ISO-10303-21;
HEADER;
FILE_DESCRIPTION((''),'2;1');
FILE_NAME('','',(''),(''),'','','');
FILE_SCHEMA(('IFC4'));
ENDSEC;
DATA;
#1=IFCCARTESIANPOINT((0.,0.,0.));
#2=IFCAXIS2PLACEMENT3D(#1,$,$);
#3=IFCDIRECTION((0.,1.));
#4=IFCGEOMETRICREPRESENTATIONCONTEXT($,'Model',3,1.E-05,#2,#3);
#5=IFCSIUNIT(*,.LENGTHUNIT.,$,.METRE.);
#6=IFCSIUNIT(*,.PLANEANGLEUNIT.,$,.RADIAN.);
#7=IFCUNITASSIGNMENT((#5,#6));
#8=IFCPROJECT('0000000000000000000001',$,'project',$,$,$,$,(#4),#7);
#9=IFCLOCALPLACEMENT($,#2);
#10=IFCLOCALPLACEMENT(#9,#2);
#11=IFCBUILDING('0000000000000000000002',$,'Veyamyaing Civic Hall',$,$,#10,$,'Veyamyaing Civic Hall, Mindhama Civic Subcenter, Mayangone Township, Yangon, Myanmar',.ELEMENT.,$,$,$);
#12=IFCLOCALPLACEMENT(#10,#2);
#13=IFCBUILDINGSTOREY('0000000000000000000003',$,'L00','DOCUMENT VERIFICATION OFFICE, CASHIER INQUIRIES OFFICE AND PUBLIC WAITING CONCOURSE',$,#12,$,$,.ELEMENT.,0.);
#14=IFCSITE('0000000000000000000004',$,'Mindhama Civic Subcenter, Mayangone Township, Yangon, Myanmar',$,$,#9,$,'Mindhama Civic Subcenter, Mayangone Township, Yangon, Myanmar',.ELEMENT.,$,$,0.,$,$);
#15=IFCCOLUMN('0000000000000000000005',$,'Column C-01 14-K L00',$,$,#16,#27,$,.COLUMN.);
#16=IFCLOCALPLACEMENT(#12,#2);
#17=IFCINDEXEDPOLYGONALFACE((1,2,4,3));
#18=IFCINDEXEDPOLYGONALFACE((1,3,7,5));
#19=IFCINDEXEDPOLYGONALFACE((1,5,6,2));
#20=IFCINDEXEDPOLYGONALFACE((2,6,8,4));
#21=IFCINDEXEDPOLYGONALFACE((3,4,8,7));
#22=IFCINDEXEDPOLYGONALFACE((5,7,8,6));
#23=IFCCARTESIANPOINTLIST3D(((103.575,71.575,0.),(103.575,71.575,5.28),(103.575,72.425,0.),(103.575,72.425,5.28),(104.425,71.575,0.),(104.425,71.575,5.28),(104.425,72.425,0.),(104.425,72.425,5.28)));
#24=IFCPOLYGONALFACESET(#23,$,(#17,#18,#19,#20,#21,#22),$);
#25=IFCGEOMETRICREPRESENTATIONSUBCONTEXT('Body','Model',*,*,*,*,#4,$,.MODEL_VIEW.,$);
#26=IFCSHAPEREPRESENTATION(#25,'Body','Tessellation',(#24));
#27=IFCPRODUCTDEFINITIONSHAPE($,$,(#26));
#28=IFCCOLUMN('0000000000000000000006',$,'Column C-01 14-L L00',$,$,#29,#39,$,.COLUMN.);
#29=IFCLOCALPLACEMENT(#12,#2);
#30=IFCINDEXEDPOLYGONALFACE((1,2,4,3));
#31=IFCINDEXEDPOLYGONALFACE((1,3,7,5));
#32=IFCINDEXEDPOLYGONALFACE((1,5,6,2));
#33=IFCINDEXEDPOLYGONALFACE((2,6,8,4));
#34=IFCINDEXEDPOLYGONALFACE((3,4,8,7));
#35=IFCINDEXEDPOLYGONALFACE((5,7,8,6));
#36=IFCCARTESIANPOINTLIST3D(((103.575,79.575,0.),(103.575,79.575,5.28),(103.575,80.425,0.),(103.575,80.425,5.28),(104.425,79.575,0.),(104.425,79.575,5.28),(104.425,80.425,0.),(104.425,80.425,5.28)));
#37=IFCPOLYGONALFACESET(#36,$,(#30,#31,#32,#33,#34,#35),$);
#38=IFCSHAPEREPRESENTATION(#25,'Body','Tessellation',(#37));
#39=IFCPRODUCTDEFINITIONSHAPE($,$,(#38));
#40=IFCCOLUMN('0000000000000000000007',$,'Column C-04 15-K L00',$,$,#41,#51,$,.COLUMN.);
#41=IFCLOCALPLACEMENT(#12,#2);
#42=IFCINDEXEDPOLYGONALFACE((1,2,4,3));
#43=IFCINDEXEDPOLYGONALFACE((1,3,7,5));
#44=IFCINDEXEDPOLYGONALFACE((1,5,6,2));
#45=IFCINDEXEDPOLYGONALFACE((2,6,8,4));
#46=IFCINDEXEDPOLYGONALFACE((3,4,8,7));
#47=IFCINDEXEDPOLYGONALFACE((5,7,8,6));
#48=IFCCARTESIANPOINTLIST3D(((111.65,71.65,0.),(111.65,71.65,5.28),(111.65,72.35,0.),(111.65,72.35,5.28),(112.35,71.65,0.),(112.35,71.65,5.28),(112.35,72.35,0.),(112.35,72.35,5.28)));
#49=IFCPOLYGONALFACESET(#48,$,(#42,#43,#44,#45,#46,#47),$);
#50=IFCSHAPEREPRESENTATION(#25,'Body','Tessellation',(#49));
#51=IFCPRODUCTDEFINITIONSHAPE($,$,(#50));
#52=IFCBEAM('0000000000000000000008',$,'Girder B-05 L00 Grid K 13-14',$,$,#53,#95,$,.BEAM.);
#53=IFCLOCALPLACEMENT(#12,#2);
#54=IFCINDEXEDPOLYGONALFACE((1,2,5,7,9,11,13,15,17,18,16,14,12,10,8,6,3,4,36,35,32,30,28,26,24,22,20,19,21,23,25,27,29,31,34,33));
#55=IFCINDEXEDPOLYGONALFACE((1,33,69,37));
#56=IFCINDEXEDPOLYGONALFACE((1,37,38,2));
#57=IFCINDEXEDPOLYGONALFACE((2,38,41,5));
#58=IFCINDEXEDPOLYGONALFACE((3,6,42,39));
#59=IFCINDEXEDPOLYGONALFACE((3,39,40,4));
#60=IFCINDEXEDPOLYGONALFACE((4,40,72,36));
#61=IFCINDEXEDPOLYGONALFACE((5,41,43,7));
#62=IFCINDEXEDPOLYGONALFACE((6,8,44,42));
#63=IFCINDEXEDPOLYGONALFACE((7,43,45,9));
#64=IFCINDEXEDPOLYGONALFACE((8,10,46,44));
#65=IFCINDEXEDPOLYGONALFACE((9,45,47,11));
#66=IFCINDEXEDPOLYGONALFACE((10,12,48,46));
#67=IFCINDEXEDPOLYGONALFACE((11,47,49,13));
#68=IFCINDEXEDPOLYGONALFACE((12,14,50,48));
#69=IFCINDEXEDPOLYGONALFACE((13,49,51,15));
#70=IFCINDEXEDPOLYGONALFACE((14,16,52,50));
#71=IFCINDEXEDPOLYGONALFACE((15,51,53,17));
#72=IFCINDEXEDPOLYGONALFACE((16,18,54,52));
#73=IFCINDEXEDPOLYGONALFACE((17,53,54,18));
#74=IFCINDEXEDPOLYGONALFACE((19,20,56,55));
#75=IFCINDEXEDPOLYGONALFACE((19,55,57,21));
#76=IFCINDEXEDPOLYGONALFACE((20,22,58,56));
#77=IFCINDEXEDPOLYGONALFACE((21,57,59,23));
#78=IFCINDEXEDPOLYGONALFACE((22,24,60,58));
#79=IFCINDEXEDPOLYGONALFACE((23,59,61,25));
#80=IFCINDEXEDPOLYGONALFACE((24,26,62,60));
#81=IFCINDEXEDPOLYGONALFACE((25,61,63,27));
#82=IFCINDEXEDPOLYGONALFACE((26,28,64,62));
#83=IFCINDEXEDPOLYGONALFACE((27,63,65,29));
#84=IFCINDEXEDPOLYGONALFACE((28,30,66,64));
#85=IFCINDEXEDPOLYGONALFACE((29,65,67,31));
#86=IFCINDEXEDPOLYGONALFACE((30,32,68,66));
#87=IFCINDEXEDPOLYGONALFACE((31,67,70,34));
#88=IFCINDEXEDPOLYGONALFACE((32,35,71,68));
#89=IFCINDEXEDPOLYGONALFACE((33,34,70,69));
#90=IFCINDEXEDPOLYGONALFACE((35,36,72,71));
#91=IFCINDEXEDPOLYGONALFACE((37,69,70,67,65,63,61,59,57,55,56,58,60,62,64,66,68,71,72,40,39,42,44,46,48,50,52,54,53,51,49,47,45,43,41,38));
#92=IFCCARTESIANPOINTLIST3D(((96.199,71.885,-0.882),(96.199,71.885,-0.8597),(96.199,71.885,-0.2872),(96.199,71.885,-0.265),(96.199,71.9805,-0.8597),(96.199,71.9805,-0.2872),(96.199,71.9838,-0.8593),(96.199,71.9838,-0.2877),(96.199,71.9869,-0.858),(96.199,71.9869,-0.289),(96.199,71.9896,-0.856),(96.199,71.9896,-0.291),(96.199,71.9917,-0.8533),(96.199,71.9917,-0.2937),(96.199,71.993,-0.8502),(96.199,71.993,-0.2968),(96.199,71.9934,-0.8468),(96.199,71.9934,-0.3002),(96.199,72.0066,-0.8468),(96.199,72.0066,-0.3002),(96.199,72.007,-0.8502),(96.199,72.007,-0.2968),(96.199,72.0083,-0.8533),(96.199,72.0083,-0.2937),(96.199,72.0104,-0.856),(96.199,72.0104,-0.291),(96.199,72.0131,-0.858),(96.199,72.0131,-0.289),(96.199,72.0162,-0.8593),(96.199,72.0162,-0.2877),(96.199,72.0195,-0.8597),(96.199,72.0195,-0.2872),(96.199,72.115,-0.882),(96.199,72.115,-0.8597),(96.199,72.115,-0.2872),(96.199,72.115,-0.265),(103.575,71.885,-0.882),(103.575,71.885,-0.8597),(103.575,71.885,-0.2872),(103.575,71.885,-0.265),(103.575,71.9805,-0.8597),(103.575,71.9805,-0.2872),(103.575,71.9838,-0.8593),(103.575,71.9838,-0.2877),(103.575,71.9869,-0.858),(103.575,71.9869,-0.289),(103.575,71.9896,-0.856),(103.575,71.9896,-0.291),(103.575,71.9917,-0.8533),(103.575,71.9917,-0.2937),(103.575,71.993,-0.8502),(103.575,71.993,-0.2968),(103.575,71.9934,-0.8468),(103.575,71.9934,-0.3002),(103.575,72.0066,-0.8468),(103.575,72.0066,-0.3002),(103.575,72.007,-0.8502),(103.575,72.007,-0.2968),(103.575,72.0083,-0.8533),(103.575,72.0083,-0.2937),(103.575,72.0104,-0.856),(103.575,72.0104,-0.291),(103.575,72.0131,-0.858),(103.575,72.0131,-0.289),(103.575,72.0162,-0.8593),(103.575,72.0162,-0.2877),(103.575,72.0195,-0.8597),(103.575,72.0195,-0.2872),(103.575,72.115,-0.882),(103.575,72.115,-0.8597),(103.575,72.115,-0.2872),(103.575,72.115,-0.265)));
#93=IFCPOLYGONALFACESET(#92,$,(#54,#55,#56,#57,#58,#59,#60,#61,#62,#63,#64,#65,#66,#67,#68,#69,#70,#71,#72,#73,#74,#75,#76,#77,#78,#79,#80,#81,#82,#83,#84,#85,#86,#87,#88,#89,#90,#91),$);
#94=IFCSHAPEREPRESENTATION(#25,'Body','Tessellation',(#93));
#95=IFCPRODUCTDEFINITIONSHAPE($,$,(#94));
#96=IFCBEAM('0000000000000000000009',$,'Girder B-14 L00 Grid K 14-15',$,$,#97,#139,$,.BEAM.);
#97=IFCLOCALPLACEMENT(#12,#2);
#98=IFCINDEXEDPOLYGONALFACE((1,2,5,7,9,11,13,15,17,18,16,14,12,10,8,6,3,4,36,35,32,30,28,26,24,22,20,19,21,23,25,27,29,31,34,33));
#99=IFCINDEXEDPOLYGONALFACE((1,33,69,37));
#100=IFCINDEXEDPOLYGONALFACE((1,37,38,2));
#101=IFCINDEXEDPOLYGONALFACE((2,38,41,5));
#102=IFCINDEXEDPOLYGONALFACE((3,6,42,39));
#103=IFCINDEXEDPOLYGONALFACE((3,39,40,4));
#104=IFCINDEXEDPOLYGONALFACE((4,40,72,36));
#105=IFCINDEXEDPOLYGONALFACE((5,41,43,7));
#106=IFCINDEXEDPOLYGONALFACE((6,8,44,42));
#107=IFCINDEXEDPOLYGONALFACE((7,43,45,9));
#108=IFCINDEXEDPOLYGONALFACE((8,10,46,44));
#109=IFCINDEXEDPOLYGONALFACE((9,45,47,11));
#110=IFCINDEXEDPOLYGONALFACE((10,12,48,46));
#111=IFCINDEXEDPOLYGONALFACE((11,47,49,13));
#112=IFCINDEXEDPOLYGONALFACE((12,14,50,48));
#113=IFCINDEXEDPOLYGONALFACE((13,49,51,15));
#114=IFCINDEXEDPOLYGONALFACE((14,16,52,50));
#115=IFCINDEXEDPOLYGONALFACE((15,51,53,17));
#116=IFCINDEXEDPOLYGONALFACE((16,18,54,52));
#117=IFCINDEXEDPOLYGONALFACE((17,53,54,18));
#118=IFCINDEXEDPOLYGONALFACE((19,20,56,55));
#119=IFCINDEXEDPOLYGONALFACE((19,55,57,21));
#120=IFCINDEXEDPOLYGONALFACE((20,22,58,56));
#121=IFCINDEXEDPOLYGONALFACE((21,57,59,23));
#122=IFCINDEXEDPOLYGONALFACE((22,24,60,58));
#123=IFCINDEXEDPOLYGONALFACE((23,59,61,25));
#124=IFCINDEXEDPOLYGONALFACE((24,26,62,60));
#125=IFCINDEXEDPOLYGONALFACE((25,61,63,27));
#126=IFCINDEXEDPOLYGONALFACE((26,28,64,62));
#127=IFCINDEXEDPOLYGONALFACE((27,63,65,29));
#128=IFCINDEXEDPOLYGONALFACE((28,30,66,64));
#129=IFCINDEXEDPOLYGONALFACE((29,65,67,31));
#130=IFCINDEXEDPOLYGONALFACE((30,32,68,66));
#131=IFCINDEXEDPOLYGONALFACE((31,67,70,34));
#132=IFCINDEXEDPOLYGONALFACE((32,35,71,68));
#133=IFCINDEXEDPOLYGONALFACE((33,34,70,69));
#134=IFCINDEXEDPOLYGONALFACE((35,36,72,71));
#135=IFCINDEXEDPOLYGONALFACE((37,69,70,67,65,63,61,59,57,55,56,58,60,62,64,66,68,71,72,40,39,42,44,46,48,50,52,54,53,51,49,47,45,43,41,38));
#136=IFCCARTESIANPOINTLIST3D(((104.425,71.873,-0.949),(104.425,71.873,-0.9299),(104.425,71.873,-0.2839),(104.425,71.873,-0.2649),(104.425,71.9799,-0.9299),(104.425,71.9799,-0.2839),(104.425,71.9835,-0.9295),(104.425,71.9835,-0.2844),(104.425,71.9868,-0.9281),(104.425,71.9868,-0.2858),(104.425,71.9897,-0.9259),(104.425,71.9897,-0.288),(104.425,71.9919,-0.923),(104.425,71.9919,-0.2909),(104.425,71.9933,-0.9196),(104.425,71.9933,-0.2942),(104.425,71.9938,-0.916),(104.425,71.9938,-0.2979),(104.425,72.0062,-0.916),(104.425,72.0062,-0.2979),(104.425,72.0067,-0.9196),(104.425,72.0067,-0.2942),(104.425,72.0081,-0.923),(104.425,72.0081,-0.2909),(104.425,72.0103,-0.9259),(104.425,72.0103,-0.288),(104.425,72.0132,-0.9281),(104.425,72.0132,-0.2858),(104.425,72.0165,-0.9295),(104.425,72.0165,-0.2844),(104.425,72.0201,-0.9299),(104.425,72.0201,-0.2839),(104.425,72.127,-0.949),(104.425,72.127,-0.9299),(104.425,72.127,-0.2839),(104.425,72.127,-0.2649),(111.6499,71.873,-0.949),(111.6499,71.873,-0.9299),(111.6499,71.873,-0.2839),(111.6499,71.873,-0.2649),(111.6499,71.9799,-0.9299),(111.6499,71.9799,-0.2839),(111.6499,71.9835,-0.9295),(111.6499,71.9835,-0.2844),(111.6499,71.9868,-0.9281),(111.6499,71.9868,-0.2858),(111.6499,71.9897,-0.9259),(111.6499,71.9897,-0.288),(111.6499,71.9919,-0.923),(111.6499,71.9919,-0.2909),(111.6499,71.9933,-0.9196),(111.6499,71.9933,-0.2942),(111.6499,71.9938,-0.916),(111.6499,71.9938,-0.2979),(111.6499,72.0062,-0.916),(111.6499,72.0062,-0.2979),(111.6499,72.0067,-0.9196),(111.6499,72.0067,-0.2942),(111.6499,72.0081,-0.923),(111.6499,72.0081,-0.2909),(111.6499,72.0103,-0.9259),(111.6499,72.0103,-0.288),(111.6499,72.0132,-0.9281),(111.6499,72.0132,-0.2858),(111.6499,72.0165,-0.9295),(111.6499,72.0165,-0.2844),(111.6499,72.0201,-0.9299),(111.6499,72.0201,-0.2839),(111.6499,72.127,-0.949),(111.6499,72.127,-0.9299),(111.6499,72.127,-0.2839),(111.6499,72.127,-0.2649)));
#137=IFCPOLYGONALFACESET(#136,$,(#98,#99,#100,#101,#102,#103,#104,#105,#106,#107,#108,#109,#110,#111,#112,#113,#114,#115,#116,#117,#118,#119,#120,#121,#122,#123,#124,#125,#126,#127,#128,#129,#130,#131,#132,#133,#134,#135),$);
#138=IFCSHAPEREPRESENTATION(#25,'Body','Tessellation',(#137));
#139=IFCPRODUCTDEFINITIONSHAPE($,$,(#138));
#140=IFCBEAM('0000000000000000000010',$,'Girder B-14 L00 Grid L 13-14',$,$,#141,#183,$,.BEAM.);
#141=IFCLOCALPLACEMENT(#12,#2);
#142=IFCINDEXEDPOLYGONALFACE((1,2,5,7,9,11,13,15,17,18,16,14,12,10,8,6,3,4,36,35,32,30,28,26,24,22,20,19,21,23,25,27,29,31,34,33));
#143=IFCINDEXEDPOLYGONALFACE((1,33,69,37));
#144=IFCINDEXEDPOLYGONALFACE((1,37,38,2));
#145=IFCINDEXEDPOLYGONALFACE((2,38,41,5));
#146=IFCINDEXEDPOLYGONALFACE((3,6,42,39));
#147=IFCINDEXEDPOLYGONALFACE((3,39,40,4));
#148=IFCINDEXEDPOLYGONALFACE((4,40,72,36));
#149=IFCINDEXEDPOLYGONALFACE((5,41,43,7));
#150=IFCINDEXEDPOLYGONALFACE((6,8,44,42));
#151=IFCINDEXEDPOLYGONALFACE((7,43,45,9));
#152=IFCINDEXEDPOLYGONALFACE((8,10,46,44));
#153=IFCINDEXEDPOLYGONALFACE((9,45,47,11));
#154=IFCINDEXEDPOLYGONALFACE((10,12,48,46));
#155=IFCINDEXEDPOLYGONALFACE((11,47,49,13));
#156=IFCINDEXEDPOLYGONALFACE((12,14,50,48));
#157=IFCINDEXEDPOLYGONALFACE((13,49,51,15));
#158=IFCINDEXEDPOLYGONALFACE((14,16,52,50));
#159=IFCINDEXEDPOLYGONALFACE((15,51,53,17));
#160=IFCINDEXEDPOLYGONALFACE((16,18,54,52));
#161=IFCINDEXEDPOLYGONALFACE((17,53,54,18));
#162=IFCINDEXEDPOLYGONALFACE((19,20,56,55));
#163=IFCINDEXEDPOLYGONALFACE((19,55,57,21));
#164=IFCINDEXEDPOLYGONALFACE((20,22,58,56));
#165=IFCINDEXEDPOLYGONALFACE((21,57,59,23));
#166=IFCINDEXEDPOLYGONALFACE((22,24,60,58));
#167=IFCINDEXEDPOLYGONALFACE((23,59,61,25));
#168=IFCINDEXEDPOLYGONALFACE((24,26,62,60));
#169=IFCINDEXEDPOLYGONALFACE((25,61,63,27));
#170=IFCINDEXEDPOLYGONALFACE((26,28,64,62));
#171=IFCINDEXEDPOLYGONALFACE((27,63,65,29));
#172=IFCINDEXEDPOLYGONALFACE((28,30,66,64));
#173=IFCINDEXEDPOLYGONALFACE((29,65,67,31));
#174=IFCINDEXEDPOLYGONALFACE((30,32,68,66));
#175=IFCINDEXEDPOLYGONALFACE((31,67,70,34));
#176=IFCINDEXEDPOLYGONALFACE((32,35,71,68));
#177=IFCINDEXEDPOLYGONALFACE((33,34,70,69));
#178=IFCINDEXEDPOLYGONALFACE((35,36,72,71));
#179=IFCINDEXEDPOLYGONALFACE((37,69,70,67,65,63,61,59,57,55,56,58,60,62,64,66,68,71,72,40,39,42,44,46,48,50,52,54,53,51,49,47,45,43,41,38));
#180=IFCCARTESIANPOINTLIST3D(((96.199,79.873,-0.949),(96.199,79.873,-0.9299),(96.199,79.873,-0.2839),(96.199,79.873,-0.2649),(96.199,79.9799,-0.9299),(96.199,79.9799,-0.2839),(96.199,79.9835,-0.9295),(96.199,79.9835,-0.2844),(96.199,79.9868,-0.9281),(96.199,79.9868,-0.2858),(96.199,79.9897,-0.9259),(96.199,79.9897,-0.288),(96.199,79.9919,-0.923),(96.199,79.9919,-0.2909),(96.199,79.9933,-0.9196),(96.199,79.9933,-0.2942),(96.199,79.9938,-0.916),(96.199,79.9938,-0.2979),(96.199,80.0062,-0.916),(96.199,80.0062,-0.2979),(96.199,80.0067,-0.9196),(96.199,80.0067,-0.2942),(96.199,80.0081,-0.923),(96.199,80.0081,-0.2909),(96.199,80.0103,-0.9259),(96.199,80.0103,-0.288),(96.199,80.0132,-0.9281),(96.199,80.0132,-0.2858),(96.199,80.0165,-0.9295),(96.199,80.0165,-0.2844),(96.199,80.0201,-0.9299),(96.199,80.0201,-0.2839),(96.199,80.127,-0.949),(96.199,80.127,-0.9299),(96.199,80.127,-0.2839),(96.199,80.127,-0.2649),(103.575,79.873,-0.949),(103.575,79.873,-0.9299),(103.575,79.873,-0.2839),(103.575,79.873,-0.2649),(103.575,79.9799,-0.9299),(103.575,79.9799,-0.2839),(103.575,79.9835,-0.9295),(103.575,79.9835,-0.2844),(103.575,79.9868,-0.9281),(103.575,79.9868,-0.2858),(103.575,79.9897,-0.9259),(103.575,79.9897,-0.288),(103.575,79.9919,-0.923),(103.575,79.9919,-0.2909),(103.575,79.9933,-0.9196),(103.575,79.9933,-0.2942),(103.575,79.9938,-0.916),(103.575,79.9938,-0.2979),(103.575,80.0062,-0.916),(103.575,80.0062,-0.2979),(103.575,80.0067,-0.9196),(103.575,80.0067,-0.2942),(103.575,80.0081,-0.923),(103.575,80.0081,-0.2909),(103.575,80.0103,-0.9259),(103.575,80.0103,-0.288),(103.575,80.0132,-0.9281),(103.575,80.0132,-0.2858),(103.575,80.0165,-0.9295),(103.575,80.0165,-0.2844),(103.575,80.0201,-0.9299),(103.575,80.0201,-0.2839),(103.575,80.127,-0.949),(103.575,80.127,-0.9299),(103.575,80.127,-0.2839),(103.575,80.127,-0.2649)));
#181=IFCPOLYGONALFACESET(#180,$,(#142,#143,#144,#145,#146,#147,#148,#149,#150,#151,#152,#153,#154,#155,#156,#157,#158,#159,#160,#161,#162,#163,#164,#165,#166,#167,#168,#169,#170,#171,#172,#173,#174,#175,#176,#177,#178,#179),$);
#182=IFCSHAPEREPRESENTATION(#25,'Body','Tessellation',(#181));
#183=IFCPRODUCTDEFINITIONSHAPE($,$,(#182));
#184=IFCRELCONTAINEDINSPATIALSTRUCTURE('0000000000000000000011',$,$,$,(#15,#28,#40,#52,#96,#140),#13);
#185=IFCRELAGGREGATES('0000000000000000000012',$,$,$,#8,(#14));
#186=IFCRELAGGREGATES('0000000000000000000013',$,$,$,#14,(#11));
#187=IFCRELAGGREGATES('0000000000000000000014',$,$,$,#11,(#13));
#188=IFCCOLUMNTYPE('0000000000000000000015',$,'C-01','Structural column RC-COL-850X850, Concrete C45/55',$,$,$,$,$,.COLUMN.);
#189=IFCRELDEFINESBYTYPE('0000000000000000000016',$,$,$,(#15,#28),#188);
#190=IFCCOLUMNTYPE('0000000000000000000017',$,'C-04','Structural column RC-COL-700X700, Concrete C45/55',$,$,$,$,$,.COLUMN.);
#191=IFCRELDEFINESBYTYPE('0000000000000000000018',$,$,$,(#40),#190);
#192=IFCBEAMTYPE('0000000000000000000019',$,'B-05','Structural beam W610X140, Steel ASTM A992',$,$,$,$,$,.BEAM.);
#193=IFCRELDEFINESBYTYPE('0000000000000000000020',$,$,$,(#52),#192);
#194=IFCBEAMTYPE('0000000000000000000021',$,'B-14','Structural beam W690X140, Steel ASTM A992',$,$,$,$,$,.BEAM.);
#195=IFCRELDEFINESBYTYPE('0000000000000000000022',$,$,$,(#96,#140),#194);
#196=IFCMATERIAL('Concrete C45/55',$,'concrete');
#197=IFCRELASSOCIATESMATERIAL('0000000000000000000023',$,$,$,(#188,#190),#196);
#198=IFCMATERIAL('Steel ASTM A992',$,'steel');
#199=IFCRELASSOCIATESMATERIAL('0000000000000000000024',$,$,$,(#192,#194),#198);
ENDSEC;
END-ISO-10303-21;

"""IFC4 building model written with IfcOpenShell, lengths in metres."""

from ifc_helpers import new_model, si_unit, direction, frame, origin, origin_2d, place, context, subcontext, project, spatial, rectangle, i_section, extrude, material, material_profile, profile_set, type_object, element, save


model = new_model("IFC4")

# Units and contexts
model_context = context("Model", 3, precision=1e-05, world=origin(), true_north=direction((0.0, 1.0)))
body_context = subcontext(model_context, "Body", "Model", "MODEL_VIEW")
ifc_project = project(units=[si_unit("LENGTHUNIT", "METRE"), si_unit("PLANEANGLEUNIT", "RADIAN")], contexts=[model_context])

# Site, building, storey
site_placement = place(None, origin())
site = spatial("IfcSite", under=ifc_project, at=site_placement, Name="Mindhama Civic Subcenter, Mayangone Township, Yangon, Myanmar", LongName="Mindhama Civic Subcenter, Mayangone Township, Yangon, Myanmar", CompositionType="ELEMENT", RefElevation=0.0)
building_placement = place(site_placement, origin())
building = spatial("IfcBuilding", under=site, at=building_placement, Name="Veyamyaing Civic Hall", LongName="Veyamyaing Civic Hall, Mindhama Civic Subcenter, Mayangone Township, Yangon, Myanmar", CompositionType="ELEMENT")
storey_placement = place(building_placement, origin())
storey = spatial("IfcBuildingStorey", under=building, at=storey_placement, Name="L00", Description="DOCUMENT VERIFICATION OFFICE, CASHIER INQUIRIES OFFICE AND PUBLIC WAITING CONCOURSE", CompositionType="ELEMENT", Elevation=0.0)

# Columns
ifc_material_1 = material(Name="Concrete C45/55", Category="concrete")
ifc_material_profile_1 = material_profile(ifc_material_1, rectangle(XDim=0.8501, YDim=0.8501, at=origin_2d()), Name="RC-COL-850X850")
ifc_profile_set_1 = profile_set([ifc_material_profile_1], Name="Concrete C45/55")
column_type_1 = type_object("IfcColumnType", Name="C-01", Description="Structural column RC-COL-850X850, Concrete C45/55", PredefinedType="COLUMN", material=ifc_profile_set_1)
for number, where, z_axis, x_axis, name in (
    (1, (104.0, 72.0, 0.0), (0.0, 0.0, 1.0), (1.0, 0.0, 0.0), "Column C-01 14-K L00"),
    (2, (104.0, 80.0, 0.0), (0.0, 0.0, 1.0), (1.0, 0.0, 0.0), "Column C-01 14-L L00"),
):
    element("IfcColumn", number, at=place(storey_placement, frame(where, z_axis=z_axis, x_axis=x_axis)), inside=storey, type_object=column_type_1, Name=name, PredefinedType="COLUMN", context=body_context, shape_type="SweptSolid", body=[
        extrude(rectangle(XDim=0.8501, YDim=0.8501, at=origin_2d()), origin(), (0.0, 0.0, 1.0), 5.28),
    ])
ifc_material_profile_2 = material_profile(ifc_material_1, rectangle(XDim=0.7, YDim=0.7, at=origin_2d()), Name="RC-COL-700X700")
ifc_profile_set_2 = profile_set([ifc_material_profile_2], Name="Concrete C45/55")
column_type_2 = type_object("IfcColumnType", Name="C-04", Description="Structural column RC-COL-700X700, Concrete C45/55", PredefinedType="COLUMN", material=ifc_profile_set_2)
column_placement = place(storey_placement, frame((112.0, 72.0, 0.0), z_axis=(0.0, 0.0, 1.0), x_axis=(1.0, 0.0, 0.0)))
element("IfcColumn", 3, at=column_placement, inside=storey, type_object=column_type_2, Name="Column C-04 15-K L00", PredefinedType="COLUMN", context=body_context, shape_type="SweptSolid", body=[
    extrude(rectangle(XDim=0.7, YDim=0.7, at=origin_2d()), origin(), (0.0, 0.0, 1.0), 5.28),
])

# Beams
ifc_material_2 = material(Name="Steel ASTM A992", Category="steel")
ifc_material_profile_3 = material_profile(ifc_material_2, i_section(OverallWidth=0.23, OverallDepth=0.6169, WebThickness=0.0132, FlangeThickness=0.0222, FilletRadius=0.0129, at=origin_2d()), Name="W610X140")
ifc_profile_set_3 = profile_set([ifc_material_profile_3], Name="Steel ASTM A992")
beam_type_1 = type_object("IfcBeamType", Name="B-05", Description="Structural beam W610X140, Steel ASTM A992", PredefinedType="BEAM", material=ifc_profile_set_3)
beam_1_placement = place(storey_placement, frame((96.199, 72.0, -0.5735), z_axis=(1.0, 0.0, 0.0), x_axis=(0.0, 1.0, 0.0)))
element("IfcBeam", 4, at=beam_1_placement, inside=storey, type_object=beam_type_1, Name="Girder B-05 L00 Grid K 13-14", PredefinedType="BEAM", context=body_context, shape_type="SweptSolid", body=[
    extrude(i_section(OverallWidth=0.23, OverallDepth=0.6169, WebThickness=0.0132, FlangeThickness=0.0222, FilletRadius=0.0129, at=origin_2d()), origin(), (0.0, 0.0, 1.0), 7.376),
])
ifc_material_profile_4 = material_profile(ifc_material_2, i_section(OverallWidth=0.2539, OverallDepth=0.6841, WebThickness=0.0125, FlangeThickness=0.019, FilletRadius=0.0139, at=origin_2d()), Name="W690X140")
ifc_profile_set_4 = profile_set([ifc_material_profile_4], Name="Steel ASTM A992")
beam_type_2 = type_object("IfcBeamType", Name="B-14", Description="Structural beam W690X140, Steel ASTM A992", PredefinedType="BEAM", material=ifc_profile_set_4)
beam_2_placement = place(storey_placement, frame((104.425, 72.0, -0.6069), z_axis=(1.0, 0.0, 0.0), x_axis=(0.0, 1.0, 0.0)))
element("IfcBeam", 5, at=beam_2_placement, inside=storey, type_object=beam_type_2, Name="Girder B-14 L00 Grid K 14-15", PredefinedType="BEAM", context=body_context, shape_type="SweptSolid", body=[
    extrude(i_section(OverallWidth=0.2539, OverallDepth=0.6841, WebThickness=0.0125, FlangeThickness=0.019, FilletRadius=0.0139, at=origin_2d()), origin(), (0.0, 0.0, 1.0), 7.2249),
])
beam_3_placement = place(storey_placement, frame((96.199, 80.0, -0.6069), z_axis=(1.0, 0.0, 0.0), x_axis=(0.0, 1.0, 0.0)))
element("IfcBeam", 6, at=beam_3_placement, inside=storey, type_object=beam_type_2, Name="Girder B-14 L00 Grid L 13-14", PredefinedType="BEAM", context=body_context, shape_type="SweptSolid", body=[
    extrude(i_section(OverallWidth=0.2539, OverallDepth=0.6841, WebThickness=0.0125, FlangeThickness=0.019, FilletRadius=0.0139, at=origin_2d()), origin(), (0.0, 0.0, 1.0), 7.376),
])

save(model, "model.ifc")
